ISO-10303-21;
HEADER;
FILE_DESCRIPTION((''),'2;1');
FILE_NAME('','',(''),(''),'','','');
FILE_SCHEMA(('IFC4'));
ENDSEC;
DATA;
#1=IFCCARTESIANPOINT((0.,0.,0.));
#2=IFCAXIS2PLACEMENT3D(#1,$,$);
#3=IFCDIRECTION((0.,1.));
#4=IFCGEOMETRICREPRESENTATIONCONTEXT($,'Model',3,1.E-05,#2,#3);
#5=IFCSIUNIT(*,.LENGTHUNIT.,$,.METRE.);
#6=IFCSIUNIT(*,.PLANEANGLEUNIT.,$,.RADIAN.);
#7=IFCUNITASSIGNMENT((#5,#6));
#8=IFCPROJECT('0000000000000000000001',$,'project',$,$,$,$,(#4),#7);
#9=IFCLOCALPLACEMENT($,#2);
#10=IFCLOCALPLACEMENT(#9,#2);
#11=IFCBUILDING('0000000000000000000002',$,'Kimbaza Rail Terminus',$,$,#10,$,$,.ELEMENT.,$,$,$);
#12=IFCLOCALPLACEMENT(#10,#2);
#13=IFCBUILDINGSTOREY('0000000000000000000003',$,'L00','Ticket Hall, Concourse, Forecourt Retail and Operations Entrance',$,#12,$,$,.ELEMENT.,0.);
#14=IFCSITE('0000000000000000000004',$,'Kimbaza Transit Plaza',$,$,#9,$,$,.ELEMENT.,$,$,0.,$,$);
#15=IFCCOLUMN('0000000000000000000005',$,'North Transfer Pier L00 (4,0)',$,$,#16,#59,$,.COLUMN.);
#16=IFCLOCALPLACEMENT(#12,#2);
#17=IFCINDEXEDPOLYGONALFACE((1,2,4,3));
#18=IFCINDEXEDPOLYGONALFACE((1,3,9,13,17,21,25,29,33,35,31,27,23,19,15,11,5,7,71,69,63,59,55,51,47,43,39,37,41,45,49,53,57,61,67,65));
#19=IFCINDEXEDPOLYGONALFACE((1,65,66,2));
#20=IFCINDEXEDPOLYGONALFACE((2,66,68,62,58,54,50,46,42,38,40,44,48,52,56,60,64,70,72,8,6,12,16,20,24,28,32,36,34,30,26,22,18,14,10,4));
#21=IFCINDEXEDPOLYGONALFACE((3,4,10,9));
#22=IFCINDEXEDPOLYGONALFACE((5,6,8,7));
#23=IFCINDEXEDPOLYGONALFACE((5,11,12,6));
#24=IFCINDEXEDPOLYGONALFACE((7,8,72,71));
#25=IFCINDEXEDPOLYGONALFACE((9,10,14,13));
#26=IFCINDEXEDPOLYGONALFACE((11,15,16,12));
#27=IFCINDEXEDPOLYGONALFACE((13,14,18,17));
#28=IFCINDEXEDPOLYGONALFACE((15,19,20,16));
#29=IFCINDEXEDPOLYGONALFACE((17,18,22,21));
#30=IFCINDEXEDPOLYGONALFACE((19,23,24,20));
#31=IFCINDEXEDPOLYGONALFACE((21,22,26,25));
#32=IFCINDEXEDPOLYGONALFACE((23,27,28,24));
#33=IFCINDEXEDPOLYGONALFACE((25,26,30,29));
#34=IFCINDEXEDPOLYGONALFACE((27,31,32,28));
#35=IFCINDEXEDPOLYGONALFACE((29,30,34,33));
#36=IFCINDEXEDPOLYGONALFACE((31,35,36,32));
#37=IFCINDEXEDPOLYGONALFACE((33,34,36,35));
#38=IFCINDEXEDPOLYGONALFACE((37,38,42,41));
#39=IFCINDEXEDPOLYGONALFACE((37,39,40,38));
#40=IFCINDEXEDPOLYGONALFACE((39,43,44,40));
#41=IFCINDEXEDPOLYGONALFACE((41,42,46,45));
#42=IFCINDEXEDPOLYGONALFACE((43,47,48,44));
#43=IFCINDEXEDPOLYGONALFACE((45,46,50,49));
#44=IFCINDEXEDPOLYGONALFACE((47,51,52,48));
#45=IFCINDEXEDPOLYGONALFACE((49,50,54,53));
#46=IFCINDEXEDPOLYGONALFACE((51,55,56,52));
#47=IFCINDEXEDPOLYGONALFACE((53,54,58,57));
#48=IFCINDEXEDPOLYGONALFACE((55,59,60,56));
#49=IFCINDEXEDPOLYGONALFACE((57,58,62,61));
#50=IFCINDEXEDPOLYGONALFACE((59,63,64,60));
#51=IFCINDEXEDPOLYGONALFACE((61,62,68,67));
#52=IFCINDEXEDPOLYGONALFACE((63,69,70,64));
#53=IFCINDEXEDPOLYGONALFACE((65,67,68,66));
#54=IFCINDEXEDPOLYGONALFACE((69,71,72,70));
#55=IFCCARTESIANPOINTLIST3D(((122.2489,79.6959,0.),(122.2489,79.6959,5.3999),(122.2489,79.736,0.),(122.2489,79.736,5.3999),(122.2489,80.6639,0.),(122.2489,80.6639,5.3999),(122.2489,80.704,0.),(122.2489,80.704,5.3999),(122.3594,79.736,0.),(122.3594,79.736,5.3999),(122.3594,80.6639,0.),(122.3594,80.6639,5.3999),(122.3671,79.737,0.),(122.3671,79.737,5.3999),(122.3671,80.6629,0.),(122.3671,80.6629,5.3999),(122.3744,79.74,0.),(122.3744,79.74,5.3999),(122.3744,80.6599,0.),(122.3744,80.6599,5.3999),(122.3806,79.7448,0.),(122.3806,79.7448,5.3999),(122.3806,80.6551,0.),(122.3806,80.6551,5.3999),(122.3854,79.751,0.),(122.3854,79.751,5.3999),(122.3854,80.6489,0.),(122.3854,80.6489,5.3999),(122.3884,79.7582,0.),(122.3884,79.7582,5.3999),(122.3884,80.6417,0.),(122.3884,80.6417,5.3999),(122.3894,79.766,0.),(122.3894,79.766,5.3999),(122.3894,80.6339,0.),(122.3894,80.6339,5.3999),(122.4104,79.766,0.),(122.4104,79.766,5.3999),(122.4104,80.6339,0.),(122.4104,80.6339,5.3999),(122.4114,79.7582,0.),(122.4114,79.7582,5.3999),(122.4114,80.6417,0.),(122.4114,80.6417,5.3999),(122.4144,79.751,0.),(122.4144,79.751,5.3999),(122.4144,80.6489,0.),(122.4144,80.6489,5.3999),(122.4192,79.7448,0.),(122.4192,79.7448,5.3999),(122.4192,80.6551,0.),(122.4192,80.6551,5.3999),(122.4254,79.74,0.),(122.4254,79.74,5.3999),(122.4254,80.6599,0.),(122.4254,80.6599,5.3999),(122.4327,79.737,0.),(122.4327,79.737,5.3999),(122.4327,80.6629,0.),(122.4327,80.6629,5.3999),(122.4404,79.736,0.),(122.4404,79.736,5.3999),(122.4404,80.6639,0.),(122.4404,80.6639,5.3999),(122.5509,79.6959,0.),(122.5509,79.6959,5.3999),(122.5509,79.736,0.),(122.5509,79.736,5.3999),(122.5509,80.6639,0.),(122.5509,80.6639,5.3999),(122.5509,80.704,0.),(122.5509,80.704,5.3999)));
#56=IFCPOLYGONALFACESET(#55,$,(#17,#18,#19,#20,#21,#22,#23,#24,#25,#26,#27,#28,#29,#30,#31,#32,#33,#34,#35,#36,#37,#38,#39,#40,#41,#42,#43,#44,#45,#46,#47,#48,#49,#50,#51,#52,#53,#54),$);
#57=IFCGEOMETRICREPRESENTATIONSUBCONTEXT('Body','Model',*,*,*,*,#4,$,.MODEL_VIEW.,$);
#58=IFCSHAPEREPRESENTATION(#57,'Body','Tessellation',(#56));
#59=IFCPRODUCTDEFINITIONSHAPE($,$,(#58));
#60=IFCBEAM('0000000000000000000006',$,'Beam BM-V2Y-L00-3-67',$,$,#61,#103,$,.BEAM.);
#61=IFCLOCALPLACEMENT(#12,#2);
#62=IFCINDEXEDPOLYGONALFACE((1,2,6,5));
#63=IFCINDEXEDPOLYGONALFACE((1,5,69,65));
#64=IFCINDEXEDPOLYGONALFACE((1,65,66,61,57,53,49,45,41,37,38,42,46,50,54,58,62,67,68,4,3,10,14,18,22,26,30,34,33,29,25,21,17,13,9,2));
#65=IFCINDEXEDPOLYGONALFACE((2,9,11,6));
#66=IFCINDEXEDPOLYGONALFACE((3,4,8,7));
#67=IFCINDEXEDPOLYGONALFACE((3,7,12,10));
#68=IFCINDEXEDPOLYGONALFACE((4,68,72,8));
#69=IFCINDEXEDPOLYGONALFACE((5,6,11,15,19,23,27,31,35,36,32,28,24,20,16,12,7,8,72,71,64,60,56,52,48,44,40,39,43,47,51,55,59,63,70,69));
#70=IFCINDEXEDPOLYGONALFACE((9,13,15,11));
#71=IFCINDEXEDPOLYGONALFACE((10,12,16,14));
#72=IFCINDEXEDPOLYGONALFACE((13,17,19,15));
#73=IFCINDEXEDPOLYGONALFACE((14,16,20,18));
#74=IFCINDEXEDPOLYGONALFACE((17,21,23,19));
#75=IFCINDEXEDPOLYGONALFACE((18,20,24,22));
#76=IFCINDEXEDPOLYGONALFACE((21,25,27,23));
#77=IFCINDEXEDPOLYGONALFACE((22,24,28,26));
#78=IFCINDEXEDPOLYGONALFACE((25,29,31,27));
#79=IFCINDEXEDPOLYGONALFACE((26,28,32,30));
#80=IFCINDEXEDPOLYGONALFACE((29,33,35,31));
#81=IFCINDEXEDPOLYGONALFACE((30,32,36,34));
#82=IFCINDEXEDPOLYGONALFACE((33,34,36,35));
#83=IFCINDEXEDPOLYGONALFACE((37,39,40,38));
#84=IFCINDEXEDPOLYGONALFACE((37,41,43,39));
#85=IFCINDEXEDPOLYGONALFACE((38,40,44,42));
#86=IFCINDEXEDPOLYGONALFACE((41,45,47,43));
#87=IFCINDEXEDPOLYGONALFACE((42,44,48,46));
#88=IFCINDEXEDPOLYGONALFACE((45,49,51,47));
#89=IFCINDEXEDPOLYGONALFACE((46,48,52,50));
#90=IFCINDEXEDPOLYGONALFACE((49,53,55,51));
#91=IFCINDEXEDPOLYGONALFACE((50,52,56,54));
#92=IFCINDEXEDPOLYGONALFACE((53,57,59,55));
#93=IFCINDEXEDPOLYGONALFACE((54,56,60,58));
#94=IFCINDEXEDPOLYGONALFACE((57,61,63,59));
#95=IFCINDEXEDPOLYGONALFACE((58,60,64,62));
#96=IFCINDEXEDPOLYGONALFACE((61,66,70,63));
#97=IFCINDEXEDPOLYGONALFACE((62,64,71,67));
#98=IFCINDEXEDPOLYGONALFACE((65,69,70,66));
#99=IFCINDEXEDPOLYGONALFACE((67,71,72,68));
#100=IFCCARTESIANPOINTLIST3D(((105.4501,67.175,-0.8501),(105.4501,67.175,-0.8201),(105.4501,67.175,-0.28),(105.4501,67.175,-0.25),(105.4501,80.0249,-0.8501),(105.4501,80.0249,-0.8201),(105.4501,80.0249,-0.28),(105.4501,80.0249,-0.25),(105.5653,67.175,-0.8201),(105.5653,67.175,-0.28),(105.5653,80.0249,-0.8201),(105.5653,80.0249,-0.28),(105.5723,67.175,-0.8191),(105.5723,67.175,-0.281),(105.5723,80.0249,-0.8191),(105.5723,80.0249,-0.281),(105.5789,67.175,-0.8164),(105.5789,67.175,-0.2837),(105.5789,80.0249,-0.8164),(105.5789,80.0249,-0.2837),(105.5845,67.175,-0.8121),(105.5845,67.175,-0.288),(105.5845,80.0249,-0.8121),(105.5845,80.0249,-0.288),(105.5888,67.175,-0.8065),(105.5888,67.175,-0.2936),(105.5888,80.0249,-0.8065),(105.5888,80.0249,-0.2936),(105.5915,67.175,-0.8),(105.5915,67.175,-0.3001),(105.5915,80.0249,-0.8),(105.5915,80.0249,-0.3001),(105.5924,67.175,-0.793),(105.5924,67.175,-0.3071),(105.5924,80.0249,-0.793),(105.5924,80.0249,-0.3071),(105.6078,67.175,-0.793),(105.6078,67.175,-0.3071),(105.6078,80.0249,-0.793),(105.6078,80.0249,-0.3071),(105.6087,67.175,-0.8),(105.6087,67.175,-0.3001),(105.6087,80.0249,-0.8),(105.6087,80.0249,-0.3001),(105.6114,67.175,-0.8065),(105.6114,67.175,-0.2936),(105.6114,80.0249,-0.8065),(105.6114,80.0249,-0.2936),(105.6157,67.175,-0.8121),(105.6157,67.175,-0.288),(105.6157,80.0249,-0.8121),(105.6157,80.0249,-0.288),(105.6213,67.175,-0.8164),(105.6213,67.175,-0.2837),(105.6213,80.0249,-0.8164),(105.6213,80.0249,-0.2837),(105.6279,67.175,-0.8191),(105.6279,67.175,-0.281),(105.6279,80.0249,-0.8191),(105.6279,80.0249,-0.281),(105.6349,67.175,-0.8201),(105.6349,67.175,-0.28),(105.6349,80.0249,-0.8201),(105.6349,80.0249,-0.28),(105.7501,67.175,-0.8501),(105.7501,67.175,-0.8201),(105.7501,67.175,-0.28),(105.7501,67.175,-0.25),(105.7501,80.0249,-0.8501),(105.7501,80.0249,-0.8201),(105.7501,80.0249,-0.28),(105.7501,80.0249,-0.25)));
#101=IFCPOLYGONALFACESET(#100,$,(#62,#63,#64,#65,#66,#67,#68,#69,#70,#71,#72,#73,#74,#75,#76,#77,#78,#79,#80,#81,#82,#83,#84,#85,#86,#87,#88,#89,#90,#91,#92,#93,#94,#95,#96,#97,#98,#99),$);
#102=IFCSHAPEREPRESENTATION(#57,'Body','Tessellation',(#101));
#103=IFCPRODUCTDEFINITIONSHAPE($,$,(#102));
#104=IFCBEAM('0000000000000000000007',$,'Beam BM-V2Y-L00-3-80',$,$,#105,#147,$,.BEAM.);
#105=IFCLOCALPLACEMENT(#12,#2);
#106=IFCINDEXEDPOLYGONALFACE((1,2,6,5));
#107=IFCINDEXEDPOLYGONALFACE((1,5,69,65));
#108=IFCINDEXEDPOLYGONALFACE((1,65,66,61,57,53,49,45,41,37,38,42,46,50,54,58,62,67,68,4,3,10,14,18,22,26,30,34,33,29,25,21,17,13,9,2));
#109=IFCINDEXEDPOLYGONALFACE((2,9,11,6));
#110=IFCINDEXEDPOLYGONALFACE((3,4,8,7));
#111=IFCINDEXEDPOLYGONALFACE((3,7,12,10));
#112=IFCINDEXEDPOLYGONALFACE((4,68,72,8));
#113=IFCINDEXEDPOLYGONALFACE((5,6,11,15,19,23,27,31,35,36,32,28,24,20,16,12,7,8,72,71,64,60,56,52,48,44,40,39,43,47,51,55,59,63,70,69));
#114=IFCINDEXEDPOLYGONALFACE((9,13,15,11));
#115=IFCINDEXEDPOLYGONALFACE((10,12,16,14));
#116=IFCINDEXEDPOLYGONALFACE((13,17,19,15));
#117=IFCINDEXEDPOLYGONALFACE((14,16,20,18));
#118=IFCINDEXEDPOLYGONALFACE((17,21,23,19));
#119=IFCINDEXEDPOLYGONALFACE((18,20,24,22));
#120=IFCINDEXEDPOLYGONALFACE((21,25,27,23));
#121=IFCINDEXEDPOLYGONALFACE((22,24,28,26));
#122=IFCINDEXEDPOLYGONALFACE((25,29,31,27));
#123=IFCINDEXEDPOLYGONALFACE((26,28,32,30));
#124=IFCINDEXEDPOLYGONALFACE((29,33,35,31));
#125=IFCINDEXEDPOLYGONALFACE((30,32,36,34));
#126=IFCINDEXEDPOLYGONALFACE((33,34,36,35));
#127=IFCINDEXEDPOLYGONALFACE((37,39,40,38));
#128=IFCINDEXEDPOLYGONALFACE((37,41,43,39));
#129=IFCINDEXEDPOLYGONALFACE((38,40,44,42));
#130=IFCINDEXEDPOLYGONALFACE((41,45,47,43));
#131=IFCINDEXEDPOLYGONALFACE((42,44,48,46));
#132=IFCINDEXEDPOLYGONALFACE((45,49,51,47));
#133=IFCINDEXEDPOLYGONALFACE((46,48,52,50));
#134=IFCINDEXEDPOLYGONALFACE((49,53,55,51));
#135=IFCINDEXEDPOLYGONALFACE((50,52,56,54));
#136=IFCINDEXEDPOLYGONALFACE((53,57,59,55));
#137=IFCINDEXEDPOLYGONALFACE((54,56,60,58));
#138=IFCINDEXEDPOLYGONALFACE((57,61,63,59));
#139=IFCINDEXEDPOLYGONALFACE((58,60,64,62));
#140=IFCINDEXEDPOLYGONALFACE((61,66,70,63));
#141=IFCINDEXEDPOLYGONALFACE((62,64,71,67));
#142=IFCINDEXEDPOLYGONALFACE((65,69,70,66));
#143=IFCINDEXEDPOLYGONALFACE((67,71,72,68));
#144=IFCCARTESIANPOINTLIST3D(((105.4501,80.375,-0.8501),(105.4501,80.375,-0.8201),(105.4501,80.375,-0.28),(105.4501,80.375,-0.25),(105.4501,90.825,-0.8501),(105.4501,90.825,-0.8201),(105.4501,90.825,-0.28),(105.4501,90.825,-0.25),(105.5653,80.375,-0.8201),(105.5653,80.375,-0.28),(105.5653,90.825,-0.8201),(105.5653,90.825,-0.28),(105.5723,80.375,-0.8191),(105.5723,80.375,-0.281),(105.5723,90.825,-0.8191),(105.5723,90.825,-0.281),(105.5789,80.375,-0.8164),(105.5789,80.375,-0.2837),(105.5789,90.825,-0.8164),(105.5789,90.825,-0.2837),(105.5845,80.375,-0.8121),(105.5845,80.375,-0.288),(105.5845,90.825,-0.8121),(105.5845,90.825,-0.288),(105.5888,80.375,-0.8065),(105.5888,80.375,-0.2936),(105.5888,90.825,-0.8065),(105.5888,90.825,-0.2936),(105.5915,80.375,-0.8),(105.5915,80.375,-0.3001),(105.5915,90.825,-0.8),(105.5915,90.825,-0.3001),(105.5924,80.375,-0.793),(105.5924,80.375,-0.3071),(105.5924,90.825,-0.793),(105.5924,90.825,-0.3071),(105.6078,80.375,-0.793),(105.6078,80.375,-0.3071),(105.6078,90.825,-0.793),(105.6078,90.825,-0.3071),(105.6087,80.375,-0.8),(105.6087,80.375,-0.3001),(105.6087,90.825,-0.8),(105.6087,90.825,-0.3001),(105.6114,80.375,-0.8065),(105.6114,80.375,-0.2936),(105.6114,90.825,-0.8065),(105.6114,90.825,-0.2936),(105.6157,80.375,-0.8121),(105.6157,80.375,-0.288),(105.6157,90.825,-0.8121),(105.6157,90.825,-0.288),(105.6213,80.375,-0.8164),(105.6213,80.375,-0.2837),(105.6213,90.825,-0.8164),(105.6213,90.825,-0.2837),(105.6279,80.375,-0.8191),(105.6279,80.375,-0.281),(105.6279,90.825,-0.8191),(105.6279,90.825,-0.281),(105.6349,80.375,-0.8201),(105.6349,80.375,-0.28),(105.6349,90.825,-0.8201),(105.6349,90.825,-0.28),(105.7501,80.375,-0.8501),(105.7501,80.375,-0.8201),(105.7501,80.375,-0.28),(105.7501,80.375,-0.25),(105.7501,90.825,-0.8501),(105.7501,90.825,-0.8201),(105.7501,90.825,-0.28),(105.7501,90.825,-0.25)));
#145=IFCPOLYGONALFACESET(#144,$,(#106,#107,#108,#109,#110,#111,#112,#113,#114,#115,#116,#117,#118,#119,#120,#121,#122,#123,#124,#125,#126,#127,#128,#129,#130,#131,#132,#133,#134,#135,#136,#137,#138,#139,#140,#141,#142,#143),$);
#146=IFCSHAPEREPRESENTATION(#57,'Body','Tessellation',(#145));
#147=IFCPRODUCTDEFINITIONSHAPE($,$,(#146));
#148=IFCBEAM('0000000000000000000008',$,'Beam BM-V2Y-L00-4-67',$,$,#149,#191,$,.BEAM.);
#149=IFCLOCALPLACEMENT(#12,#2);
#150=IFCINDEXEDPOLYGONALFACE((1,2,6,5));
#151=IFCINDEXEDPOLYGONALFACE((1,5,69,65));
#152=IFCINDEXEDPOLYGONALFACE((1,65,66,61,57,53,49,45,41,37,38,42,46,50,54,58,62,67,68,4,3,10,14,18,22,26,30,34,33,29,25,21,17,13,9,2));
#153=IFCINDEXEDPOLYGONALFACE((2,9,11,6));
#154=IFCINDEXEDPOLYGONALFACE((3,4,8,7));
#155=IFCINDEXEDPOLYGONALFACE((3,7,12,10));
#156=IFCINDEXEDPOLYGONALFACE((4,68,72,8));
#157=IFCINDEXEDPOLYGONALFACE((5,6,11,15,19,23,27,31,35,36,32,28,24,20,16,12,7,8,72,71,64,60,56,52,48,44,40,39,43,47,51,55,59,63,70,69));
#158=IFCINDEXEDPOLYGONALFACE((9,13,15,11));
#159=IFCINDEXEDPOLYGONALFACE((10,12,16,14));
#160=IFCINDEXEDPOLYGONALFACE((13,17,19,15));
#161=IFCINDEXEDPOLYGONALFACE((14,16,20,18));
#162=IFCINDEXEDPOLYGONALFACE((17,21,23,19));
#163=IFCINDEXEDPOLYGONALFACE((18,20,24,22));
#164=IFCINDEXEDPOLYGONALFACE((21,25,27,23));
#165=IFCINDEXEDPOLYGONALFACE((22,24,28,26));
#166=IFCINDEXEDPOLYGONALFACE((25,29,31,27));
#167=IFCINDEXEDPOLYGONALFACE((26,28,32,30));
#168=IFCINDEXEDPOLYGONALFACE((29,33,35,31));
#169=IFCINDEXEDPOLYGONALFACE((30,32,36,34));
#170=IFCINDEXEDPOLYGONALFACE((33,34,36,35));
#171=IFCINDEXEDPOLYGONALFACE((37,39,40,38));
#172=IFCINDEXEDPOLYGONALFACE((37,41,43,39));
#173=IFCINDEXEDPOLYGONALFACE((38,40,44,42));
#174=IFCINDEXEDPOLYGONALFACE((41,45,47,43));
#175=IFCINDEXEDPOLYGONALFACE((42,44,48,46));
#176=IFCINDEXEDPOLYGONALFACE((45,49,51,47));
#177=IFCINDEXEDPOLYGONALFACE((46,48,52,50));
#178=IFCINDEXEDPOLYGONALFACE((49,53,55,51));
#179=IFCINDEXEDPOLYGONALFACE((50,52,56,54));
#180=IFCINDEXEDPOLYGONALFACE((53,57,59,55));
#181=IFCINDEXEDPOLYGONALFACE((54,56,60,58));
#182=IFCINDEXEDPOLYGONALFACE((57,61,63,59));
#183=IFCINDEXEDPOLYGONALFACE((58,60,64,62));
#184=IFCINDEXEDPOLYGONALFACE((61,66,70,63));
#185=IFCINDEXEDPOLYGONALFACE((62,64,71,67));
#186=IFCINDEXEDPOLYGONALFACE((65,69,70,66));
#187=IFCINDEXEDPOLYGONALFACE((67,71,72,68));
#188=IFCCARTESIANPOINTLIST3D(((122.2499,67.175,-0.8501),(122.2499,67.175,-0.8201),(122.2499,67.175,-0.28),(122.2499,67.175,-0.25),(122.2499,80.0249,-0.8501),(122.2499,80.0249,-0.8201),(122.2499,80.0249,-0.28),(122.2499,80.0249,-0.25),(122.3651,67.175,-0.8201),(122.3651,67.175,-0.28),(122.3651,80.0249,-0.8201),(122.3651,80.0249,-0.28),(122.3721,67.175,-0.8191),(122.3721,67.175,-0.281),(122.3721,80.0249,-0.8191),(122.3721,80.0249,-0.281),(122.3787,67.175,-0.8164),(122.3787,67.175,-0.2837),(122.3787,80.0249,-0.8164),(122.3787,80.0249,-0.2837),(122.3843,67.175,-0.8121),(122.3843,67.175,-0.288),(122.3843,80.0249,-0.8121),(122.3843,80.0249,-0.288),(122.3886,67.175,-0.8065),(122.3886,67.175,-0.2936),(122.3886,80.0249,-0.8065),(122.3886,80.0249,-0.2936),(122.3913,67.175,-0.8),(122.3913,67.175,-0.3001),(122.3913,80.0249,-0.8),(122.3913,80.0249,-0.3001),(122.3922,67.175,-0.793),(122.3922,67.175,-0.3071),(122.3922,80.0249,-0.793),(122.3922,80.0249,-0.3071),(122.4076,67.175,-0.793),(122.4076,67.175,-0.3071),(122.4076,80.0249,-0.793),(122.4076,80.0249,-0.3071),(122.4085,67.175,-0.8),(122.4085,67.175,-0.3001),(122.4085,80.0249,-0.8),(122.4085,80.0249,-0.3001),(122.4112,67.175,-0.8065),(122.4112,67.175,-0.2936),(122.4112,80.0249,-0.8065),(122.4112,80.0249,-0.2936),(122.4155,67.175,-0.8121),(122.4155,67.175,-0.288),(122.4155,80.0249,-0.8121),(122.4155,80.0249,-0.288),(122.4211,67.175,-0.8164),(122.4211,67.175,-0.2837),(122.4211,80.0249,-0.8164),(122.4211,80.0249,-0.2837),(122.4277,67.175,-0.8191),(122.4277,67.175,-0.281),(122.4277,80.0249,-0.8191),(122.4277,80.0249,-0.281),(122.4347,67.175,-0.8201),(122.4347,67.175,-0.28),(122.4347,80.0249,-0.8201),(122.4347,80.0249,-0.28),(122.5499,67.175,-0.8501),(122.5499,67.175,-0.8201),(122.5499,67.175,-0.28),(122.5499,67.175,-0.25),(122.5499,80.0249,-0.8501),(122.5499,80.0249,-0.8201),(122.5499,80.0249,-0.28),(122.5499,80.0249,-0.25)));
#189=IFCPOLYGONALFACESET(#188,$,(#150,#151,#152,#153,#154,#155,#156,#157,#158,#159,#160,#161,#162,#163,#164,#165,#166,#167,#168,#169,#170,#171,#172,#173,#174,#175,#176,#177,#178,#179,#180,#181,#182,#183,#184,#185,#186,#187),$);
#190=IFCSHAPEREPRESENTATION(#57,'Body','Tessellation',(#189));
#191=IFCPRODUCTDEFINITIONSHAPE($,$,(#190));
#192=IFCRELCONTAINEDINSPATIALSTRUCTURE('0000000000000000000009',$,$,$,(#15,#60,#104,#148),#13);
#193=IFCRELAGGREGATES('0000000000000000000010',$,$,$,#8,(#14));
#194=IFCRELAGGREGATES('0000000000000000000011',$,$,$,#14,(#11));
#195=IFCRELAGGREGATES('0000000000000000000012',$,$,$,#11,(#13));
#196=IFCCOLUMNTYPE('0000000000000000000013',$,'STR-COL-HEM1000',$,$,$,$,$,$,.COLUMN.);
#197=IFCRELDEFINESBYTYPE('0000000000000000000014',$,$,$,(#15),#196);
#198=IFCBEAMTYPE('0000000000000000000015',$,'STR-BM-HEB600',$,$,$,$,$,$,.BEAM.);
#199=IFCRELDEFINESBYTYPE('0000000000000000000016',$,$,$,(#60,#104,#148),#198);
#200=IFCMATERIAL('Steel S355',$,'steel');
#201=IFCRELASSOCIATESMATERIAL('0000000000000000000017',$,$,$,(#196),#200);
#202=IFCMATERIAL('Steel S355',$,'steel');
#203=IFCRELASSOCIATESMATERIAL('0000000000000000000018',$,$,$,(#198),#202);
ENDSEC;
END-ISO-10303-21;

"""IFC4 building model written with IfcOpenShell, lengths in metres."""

from ifc_helpers import new_model, si_unit, direction, frame, origin, origin_2d, place, context, subcontext, project, spatial, i_section, extrude, material, material_profile, profile_set, type_object, element, save


model = new_model("IFC4")

# Units and contexts
model_context = context("Model", 3, precision=1e-05, world=origin(), true_north=direction((0.0, 1.0)))
body_context = subcontext(model_context, "Body", "Model", "MODEL_VIEW")
ifc_project = project(units=[si_unit("LENGTHUNIT", "METRE"), si_unit("PLANEANGLEUNIT", "RADIAN")], contexts=[model_context])

# Site, building, storey
site_placement = place(None, origin())
site = spatial("IfcSite", under=ifc_project, at=site_placement, Name="Kimbaza Transit Plaza", CompositionType="ELEMENT", RefElevation=0.0)
building_placement = place(site_placement, origin())
building = spatial("IfcBuilding", under=site, at=building_placement, Name="Kimbaza Rail Terminus", CompositionType="ELEMENT")
storey_placement = place(building_placement, origin())
storey = spatial("IfcBuildingStorey", under=building, at=storey_placement, Name="L00", Description="Ticket Hall, Concourse, Forecourt Retail and Operations Entrance", CompositionType="ELEMENT", Elevation=0.0)

# Column
ifc_material_1 = material(Name="Steel S355", Category="steel")
ifc_material_profile_1 = material_profile(ifc_material_1, i_section(OverallWidth=0.302, OverallDepth=1.0081, WebThickness=0.021, FlangeThickness=0.04, FilletRadius=0.03, at=origin_2d()), Name="HEM 1000")
ifc_profile_set_1 = profile_set([ifc_material_profile_1], Name="Steel S355")
column_type = type_object("IfcColumnType", Name="STR-COL-HEM1000", PredefinedType="COLUMN", material=ifc_profile_set_1)
column_placement = place(storey_placement, frame((122.3999, 80.2, 0.0), z_axis=(0.0, 0.0, 1.0), x_axis=(1.0, 0.0, 0.0)))
element("IfcColumn", 1, at=column_placement, inside=storey, type_object=column_type, Name="North Transfer Pier L00 (4,0)", PredefinedType="COLUMN", context=body_context, shape_type="SweptSolid", body=[
    extrude(i_section(OverallWidth=0.302, OverallDepth=1.0081, WebThickness=0.021, FlangeThickness=0.04, FilletRadius=0.03, at=origin_2d()), origin(), (0.0, 0.0, 1.0), 5.3999),
])

# Beams
ifc_material_2 = material(Name="Steel S355", Category="steel")
ifc_material_profile_2 = material_profile(ifc_material_2, i_section(OverallWidth=0.3, OverallDepth=0.6001, WebThickness=0.0154, FlangeThickness=0.03, FilletRadius=0.0271, at=origin_2d()), Name="HEB 600")
ifc_profile_set_2 = profile_set([ifc_material_profile_2], Name="Steel S355")
beam_type_1 = type_object("IfcBeamType", Name="STR-BM-HEB600", PredefinedType="BEAM", material=ifc_profile_set_2)
beam_1_placement = place(storey_placement, frame((105.6001, 67.175, -0.55), z_axis=(0.0, 1.0, 0.0), x_axis=(-1.0, 0.0, 0.0)))
element("IfcBeam", 2, at=beam_1_placement, inside=storey, type_object=beam_type_1, Name="Beam BM-V2Y-L00-3-67", PredefinedType="BEAM", context=body_context, shape_type="SweptSolid", body=[
    extrude(i_section(OverallWidth=0.3, OverallDepth=0.6001, WebThickness=0.0154, FlangeThickness=0.03, FilletRadius=0.0271, at=origin_2d()), origin(), (0.0, 0.0, 1.0), 12.8499),
])
beam_2_placement = place(storey_placement, frame((105.6001, 80.375, -0.55), z_axis=(0.0, 1.0, 0.0), x_axis=(-1.0, 0.0, 0.0)))
element("IfcBeam", 3, at=beam_2_placement, inside=storey, type_object=beam_type_1, Name="Beam BM-V2Y-L00-3-80", PredefinedType="BEAM", context=body_context, shape_type="SweptSolid", body=[
    extrude(i_section(OverallWidth=0.3, OverallDepth=0.6001, WebThickness=0.0154, FlangeThickness=0.03, FilletRadius=0.0271, at=origin_2d()), origin(), (0.0, 0.0, 1.0), 10.45),
])
beam_3_placement = place(storey_placement, frame((122.3999, 67.175, -0.55), z_axis=(0.0, 1.0, 0.0), x_axis=(-1.0, 0.0, 0.0)))
element("IfcBeam", 4, at=beam_3_placement, inside=storey, type_object=beam_type_1, Name="Beam BM-V2Y-L00-4-67", PredefinedType="BEAM", context=body_context, shape_type="SweptSolid", body=[
    extrude(i_section(OverallWidth=0.3, OverallDepth=0.6001, WebThickness=0.0154, FlangeThickness=0.03, FilletRadius=0.0271, at=origin_2d()), origin(), (0.0, 0.0, 1.0), 12.8499),
])

save(model, "model.ifc")
